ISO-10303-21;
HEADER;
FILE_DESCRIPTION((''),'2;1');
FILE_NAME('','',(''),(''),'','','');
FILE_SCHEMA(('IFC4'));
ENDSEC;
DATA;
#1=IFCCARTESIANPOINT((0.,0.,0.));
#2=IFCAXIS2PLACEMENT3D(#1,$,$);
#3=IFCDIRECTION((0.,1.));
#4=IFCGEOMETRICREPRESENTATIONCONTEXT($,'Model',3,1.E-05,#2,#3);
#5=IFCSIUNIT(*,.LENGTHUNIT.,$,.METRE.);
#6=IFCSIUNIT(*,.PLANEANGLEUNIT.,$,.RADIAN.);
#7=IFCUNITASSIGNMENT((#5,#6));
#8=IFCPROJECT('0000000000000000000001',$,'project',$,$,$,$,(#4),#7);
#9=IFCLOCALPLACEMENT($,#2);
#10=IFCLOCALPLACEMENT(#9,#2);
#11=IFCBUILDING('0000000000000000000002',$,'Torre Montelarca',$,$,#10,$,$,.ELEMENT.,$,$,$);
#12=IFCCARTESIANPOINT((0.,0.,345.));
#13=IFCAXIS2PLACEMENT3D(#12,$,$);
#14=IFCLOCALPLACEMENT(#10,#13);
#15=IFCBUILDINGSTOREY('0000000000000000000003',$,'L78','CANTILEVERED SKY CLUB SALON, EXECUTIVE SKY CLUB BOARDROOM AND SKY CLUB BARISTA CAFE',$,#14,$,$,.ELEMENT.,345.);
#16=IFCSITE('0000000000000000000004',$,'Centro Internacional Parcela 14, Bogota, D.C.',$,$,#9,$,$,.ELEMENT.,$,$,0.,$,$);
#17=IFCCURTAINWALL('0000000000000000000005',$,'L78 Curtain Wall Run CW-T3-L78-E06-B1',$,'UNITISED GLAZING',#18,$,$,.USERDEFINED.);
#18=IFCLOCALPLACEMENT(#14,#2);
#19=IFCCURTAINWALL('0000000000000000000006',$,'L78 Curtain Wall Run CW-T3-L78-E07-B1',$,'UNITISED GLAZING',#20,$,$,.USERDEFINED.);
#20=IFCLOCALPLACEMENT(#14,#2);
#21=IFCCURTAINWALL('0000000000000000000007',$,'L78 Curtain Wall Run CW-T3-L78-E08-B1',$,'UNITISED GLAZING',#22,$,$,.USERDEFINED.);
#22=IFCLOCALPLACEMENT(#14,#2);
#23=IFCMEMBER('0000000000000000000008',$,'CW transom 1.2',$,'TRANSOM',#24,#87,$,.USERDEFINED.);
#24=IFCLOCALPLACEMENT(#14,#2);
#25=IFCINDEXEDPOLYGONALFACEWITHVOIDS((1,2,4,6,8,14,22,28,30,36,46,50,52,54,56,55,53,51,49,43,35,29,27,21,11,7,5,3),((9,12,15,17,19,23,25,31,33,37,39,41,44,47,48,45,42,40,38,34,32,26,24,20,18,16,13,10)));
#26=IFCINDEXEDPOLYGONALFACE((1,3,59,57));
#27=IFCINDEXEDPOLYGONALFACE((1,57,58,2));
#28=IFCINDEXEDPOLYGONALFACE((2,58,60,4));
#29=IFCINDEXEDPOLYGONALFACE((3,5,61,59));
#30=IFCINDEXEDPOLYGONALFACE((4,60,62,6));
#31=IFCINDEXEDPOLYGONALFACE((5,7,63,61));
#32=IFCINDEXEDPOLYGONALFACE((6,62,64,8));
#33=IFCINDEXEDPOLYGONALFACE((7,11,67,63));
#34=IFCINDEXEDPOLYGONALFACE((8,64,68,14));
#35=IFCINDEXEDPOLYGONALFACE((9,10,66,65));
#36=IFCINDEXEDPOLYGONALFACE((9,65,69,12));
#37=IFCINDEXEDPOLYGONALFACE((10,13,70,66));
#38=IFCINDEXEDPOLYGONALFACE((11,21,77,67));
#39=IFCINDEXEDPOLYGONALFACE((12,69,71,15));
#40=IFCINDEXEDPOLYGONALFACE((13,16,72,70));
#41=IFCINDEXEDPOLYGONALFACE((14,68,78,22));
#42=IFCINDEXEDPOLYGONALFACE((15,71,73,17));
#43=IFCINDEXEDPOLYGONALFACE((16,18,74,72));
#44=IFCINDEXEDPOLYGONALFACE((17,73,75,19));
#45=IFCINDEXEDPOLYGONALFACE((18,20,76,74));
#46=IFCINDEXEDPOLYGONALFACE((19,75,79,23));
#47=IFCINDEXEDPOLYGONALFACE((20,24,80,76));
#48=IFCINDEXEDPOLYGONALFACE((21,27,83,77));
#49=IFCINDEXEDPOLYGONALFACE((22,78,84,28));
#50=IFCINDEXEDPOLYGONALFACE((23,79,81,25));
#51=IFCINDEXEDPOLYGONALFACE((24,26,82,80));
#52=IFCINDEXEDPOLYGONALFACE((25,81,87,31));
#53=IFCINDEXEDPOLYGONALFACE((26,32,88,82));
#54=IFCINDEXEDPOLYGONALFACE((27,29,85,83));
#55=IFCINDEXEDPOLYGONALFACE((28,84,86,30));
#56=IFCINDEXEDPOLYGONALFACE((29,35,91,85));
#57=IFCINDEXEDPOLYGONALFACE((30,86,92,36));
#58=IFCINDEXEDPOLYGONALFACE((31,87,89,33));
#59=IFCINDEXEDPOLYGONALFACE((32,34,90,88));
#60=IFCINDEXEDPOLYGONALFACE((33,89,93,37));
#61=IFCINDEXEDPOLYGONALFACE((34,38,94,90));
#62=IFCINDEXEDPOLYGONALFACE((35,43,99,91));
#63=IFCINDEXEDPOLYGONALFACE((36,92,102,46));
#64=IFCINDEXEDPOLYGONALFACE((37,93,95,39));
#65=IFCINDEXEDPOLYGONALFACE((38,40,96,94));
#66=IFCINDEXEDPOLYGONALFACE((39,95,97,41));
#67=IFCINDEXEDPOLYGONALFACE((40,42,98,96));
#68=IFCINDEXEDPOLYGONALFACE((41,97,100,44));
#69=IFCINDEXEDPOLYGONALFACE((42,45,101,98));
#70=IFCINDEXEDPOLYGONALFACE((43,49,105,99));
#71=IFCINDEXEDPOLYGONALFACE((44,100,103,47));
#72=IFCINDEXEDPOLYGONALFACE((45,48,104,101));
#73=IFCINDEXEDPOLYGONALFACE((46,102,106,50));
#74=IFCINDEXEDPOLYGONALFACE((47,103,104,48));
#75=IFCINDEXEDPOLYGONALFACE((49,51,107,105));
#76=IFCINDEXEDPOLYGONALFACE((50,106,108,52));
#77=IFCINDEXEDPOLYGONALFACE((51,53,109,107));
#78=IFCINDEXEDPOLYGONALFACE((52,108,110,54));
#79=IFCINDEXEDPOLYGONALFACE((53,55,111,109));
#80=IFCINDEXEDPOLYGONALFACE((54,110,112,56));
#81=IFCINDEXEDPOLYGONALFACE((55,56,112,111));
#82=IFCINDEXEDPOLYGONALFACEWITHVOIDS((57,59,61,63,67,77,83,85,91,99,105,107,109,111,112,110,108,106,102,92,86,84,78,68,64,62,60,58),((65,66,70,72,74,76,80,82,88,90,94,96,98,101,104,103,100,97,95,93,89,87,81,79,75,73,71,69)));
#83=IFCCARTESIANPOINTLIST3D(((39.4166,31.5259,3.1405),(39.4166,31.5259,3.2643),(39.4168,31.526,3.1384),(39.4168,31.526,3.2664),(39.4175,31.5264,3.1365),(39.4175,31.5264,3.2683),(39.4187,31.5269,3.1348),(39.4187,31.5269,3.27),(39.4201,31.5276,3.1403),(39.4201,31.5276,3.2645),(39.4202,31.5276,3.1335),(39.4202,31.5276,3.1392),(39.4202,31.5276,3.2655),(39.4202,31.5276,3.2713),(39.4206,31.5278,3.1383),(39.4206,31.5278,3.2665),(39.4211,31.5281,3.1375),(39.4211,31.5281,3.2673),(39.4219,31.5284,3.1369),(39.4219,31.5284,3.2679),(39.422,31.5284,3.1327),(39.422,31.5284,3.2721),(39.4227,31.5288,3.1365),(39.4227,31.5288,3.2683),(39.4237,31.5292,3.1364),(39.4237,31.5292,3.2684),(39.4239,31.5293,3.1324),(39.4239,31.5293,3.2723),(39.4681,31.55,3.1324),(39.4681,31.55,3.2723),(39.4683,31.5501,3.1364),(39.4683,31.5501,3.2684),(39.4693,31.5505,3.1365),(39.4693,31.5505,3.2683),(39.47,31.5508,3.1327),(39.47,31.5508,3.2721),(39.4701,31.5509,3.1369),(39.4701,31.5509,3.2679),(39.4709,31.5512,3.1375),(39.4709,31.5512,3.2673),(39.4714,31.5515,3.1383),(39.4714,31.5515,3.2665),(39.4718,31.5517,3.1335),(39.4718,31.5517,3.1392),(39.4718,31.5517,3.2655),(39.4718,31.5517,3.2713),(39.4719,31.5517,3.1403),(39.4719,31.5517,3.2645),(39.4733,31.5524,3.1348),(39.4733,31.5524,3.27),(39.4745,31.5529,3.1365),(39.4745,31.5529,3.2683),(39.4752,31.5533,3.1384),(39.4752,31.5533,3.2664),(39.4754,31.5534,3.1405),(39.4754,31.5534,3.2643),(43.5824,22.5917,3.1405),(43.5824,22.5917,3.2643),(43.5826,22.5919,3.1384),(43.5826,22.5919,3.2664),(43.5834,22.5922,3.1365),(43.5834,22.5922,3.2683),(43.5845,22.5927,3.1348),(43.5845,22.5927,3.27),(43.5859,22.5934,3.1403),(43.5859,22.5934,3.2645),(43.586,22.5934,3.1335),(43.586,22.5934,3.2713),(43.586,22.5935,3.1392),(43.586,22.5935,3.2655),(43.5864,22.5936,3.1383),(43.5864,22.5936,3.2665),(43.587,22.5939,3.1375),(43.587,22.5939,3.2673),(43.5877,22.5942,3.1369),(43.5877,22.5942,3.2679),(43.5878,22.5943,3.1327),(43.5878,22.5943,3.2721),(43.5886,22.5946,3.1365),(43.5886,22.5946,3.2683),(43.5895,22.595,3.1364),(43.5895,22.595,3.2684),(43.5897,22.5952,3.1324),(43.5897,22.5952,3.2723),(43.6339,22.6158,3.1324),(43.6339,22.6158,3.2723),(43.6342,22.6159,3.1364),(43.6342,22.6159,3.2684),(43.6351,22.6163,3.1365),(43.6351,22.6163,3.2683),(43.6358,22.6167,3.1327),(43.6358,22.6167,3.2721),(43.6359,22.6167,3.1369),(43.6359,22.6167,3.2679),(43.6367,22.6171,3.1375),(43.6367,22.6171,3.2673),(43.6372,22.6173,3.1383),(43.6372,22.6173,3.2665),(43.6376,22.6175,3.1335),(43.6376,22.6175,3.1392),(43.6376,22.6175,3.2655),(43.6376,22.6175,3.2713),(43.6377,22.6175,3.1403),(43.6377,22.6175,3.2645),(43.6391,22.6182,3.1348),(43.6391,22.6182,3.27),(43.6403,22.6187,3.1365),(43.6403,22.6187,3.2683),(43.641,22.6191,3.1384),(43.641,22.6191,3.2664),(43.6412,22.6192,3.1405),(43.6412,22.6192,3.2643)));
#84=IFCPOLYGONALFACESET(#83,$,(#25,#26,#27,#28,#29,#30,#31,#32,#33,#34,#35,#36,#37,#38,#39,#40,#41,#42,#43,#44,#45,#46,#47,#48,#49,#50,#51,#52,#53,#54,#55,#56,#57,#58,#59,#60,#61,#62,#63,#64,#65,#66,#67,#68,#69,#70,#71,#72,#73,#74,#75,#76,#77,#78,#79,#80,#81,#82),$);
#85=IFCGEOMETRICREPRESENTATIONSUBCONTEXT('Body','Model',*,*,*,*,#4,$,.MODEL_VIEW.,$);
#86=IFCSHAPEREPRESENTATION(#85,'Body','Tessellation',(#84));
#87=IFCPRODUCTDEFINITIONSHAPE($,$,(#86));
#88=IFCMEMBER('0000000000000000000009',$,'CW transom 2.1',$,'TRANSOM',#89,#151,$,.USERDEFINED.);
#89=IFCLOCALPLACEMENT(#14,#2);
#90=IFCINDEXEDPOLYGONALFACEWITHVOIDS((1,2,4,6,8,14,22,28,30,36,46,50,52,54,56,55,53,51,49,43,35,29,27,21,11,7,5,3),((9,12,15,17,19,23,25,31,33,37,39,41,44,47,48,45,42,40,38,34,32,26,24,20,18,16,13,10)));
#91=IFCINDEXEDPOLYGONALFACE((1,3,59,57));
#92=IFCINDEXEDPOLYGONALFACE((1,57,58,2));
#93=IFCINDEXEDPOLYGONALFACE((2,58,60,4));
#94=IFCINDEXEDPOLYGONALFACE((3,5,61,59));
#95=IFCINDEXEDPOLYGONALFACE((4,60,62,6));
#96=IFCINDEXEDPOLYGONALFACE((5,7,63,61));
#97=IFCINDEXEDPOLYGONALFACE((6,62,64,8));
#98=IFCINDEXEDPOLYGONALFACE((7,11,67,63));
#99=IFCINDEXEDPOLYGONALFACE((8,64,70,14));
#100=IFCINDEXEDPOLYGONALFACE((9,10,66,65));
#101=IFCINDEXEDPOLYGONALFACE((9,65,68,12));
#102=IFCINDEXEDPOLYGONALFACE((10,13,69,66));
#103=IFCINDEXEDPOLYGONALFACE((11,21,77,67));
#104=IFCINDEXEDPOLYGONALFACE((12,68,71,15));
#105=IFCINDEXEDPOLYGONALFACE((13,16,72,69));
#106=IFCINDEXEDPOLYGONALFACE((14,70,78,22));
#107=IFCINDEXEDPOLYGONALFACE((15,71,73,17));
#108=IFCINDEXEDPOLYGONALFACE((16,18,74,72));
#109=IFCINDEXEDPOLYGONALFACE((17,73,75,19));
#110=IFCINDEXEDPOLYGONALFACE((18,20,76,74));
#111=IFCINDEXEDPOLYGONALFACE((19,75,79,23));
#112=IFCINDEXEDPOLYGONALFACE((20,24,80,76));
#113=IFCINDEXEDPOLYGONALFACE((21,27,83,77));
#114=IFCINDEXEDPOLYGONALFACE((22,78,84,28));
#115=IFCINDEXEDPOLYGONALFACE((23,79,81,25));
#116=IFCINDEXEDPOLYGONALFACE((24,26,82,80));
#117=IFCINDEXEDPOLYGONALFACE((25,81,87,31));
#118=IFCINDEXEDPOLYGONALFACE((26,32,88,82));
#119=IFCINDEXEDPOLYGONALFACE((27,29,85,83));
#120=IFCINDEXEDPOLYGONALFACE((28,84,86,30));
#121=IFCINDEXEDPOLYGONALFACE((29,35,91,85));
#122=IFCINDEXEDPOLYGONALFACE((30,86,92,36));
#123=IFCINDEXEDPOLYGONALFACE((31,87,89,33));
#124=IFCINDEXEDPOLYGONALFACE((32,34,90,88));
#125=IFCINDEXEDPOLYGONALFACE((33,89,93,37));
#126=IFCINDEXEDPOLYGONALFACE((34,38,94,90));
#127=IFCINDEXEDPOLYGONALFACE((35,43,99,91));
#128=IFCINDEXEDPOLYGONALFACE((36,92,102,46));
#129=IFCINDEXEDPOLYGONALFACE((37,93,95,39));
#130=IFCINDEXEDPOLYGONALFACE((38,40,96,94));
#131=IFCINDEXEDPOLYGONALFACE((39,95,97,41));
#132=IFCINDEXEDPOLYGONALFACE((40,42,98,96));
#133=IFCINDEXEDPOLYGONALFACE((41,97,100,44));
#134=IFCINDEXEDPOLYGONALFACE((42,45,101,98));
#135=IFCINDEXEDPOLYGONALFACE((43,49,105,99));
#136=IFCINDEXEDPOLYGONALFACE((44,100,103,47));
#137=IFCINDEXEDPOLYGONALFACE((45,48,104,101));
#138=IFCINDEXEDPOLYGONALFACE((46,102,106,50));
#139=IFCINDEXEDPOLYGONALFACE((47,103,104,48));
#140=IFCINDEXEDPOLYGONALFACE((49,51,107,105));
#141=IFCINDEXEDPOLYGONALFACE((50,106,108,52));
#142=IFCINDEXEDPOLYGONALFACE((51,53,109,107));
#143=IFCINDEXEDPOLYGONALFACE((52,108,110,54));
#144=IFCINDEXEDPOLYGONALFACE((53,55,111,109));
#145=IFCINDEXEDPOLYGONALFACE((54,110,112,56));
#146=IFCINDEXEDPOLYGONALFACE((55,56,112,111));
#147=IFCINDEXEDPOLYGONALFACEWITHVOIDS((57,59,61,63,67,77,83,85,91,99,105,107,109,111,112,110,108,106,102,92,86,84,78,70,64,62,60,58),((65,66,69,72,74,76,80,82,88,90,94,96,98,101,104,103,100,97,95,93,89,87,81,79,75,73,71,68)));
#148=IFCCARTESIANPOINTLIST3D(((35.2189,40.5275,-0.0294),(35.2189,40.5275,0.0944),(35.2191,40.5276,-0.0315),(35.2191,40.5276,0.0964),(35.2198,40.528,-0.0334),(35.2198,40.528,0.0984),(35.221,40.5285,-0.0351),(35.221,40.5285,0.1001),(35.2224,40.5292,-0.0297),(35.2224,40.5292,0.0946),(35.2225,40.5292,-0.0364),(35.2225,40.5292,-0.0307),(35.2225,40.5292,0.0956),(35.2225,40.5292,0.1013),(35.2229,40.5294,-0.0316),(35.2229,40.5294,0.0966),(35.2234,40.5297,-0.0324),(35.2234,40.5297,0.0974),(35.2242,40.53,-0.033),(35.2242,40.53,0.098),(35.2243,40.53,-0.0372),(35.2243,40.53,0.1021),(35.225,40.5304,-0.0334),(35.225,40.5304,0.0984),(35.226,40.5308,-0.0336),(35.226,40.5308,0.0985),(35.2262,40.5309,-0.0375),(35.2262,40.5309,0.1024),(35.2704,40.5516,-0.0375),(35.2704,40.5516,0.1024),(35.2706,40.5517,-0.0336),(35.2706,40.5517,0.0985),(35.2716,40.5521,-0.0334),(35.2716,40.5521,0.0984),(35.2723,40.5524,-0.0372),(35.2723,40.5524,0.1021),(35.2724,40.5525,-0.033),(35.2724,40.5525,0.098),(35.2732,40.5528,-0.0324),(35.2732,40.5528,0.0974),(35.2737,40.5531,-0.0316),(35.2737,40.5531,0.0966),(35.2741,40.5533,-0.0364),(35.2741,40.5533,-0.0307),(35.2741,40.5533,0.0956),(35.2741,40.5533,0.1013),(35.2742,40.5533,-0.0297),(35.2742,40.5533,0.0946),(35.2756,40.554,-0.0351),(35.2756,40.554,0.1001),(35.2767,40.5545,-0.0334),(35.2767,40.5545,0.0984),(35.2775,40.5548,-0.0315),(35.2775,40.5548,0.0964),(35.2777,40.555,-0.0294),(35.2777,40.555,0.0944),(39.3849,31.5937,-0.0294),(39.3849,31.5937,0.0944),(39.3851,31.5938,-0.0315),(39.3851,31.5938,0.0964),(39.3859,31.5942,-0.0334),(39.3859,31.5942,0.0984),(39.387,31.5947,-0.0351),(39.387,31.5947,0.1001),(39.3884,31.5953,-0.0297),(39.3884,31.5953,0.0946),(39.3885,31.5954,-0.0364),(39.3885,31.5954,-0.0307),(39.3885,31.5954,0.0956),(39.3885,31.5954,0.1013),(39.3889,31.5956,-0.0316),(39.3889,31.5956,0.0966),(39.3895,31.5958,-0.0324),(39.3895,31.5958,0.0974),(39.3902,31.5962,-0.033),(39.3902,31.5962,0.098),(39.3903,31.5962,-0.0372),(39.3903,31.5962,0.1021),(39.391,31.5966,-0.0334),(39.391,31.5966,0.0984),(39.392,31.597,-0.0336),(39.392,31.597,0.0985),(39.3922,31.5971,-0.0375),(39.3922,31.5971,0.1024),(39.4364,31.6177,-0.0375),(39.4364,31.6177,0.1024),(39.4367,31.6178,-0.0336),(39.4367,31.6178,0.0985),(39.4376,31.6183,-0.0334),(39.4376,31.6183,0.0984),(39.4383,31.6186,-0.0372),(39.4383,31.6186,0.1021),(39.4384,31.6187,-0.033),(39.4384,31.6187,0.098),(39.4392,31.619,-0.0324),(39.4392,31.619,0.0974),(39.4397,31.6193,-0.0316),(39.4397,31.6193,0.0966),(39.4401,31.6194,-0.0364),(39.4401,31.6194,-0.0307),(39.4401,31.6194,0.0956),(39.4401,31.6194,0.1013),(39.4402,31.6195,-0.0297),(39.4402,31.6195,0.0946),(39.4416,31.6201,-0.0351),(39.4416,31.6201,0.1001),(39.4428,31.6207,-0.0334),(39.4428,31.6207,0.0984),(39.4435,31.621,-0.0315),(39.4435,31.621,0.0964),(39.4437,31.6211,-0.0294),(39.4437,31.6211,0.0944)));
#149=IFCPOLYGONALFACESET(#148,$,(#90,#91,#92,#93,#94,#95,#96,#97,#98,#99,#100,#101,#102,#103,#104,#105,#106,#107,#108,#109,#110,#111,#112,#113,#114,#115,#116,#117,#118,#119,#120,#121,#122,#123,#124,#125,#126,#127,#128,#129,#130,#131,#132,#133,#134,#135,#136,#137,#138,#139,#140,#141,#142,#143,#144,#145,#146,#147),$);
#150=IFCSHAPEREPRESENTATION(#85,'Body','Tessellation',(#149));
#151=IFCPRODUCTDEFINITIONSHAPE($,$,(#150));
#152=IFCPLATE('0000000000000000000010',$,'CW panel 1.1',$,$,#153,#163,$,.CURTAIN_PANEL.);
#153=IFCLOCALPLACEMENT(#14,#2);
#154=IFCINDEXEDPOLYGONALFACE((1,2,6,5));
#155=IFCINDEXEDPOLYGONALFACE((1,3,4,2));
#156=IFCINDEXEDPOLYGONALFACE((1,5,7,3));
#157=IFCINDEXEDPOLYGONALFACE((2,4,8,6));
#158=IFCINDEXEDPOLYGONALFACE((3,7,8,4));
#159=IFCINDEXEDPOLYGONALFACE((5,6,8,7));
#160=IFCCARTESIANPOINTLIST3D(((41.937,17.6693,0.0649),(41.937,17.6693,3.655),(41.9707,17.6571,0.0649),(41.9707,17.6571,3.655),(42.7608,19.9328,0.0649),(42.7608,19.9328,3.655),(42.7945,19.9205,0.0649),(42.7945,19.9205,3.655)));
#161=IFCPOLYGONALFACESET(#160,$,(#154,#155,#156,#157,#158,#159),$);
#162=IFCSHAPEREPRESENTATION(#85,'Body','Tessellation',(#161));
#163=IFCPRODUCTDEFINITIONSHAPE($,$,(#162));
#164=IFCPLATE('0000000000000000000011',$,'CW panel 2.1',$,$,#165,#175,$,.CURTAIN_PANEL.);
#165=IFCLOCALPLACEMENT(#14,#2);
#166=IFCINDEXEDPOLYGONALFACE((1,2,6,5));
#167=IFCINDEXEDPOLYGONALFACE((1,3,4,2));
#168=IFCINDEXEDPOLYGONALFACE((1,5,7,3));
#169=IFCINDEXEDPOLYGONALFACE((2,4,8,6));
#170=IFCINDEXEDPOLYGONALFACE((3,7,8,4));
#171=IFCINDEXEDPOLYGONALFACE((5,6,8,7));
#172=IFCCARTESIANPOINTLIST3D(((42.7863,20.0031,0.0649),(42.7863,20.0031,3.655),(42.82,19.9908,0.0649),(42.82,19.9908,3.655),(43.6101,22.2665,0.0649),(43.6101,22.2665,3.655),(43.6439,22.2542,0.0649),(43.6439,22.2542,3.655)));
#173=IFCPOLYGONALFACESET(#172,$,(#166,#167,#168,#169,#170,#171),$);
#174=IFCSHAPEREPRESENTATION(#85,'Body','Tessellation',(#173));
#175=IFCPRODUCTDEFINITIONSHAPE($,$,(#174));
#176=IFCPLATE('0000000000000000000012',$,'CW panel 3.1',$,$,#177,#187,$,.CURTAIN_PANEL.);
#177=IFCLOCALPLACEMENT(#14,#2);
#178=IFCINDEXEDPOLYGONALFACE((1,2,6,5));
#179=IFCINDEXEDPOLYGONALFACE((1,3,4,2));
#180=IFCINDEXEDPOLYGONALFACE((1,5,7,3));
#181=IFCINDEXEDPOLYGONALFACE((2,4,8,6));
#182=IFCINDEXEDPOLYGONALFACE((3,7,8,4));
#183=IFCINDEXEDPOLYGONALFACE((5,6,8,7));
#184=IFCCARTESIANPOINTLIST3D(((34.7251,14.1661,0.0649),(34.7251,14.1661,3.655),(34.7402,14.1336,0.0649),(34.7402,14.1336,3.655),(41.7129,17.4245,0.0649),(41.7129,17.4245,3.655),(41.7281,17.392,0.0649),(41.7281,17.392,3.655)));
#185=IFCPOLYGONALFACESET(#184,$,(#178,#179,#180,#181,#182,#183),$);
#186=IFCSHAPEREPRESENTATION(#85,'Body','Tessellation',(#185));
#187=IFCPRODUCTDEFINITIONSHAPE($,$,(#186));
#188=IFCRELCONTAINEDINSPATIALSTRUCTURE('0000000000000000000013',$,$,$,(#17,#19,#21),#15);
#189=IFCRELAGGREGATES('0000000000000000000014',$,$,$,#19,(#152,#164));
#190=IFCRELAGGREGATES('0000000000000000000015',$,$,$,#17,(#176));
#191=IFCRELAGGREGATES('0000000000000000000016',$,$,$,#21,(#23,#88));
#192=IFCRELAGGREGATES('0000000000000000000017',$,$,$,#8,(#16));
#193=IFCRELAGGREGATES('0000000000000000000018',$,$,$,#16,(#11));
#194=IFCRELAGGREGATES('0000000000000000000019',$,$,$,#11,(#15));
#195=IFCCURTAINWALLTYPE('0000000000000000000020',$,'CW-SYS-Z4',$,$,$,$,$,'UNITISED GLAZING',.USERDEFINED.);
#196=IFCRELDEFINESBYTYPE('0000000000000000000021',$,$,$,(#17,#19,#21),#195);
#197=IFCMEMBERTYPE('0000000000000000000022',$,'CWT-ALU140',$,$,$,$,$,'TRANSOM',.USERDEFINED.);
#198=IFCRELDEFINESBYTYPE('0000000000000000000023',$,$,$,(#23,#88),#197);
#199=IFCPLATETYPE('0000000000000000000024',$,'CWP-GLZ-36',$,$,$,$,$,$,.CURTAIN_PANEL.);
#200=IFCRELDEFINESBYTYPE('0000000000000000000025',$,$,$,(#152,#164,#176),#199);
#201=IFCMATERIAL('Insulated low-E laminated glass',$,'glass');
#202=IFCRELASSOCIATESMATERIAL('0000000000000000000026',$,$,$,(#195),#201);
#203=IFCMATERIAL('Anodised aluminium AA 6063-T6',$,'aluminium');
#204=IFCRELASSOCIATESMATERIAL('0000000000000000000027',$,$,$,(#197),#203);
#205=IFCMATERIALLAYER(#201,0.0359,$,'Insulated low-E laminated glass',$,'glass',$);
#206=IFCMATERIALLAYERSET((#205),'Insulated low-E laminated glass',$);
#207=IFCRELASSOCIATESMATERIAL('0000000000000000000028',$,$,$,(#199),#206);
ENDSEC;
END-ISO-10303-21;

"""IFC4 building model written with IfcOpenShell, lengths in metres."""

from ifc_helpers import new_model, si_unit, direction, frame, origin, origin_2d, place, context, subcontext, project, spatial, rectangle, hollow_rectangle, extrude, source, transform, mapped, material, layer, layer_set, material_profile, profile_set, type_object, element, aggregate, save


model = new_model("IFC4")

# Units and contexts
model_context = context("Model", 3, precision=1e-05, world=origin(), true_north=direction((0.0, 1.0)))
body_context = subcontext(model_context, "Body", "Model", "MODEL_VIEW")
ifc_project = project(units=[si_unit("LENGTHUNIT", "METRE"), si_unit("PLANEANGLEUNIT", "RADIAN")], contexts=[model_context])

# Site, building, storey
site_placement = place(None, origin())
site = spatial("IfcSite", under=ifc_project, at=site_placement, Name="Centro Internacional Parcela 14, Bogota, D.C.", CompositionType="ELEMENT", RefElevation=0.0)
building_placement = place(site_placement, origin())
building = spatial("IfcBuilding", under=site, at=building_placement, Name="Torre Montelarca", CompositionType="ELEMENT")
storey_placement = place(building_placement, frame((0.0, 0.0, 345.0)))
storey = spatial("IfcBuildingStorey", under=building, at=storey_placement, Name="L78", Description="CANTILEVERED SKY CLUB SALON, EXECUTIVE SKY CLUB BOARDROOM AND SKY CLUB BARISTA CAFE", CompositionType="ELEMENT", Elevation=345.0)

# Curtain walls
ifc_material_1 = material(Name="Insulated low-E laminated glass", Category="glass")
curtain_wall_type = type_object("IfcCurtainWallType", Name="CW-SYS-Z4", ElementType="UNITISED GLAZING", PredefinedType="USERDEFINED", material=ifc_material_1)
curtain_wall_1_placement = place(storey_placement, origin())
curtain_wall_1 = element("IfcCurtainWall", 1, at=curtain_wall_1_placement, inside=storey, type_object=curtain_wall_type, Name="L78 Curtain Wall Run CW-T3-L78-E06-B1", ObjectType="UNITISED GLAZING", PredefinedType="USERDEFINED")
ifc_material_2 = material(Name="Anodised aluminium AA 6063-T6", Category="aluminium")
curtain_wall_2_placement = place(storey_placement, origin())
curtain_wall_2 = element("IfcCurtainWall", 2, at=curtain_wall_2_placement, inside=storey, type_object=curtain_wall_type, Name="L78 Curtain Wall Run CW-T3-L78-E07-B1", ObjectType="UNITISED GLAZING", PredefinedType="USERDEFINED")
ifc_material_profile_1 = material_profile(ifc_material_2, hollow_rectangle(XDim=0.0649, YDim=0.1399, WallThickness=0.0039, InnerFilletRadius=0.0039, OuterFilletRadius=0.0081, at=origin_2d()), Name="ALU65X140X4", Category="aluminium")
ifc_profile_set_1 = profile_set([ifc_material_profile_1], Name="Anodised aluminium AA 6063-T6")
member_type_1 = type_object("IfcMemberType", Name="CWT-ALU140", ElementType="TRANSOM", PredefinedType="USERDEFINED", material=ifc_profile_set_1)

# Curtain wall, members
curtain_wall_3_placement = place(storey_placement, origin())
curtain_wall_3 = element("IfcCurtainWall", 3, at=curtain_wall_3_placement, inside=storey, type_object=curtain_wall_type, Name="L78 Curtain Wall Run CW-T3-L78-E08-B1", ObjectType="UNITISED GLAZING", PredefinedType="USERDEFINED")
shared_shape_1 = source(origin(), body_context, "Body", "SweptSolid", [
    extrude(hollow_rectangle(XDim=0.0649, YDim=0.1399, WallThickness=0.0039, InnerFilletRadius=0.0039, OuterFilletRadius=0.0081, at=origin_2d()), origin(), (0.0, 0.0, 1.0), 9.8577),
])
member_1_placement = place(storey_placement, frame((43.6118, 22.6055, 3.2024), z_axis=(-0.422597, 0.906318, 0.0), x_axis=(-0.906318, -0.422597, 0.0)))
member_1 = element("IfcMember", 4, at=member_1_placement, type_object=member_type_1, Name="CW transom 1.2", ObjectType="TRANSOM", PredefinedType="USERDEFINED", context=body_context, shape_type="MappedRepresentation", body=[
    mapped(shared_shape_1, transform((0.0, 0.0, 0.0), scale=1.0)),
])
shared_shape_2 = source(origin(), body_context, "Body", "SweptSolid", [
    extrude(hollow_rectangle(XDim=0.0649, YDim=0.1399, WallThickness=0.0039, InnerFilletRadius=0.0039, OuterFilletRadius=0.0081, at=origin_2d()), origin(), (0.0, 0.0, 1.0), 9.8574),
])
member_2_placement = place(storey_placement, frame((39.4143, 31.6074, 0.0325), z_axis=(-0.422626, 0.906304, 0.0), x_axis=(-0.906304, -0.422626, 0.0)))
member_2 = element("IfcMember", 5, at=member_2_placement, type_object=member_type_1, Name="CW transom 2.1", ObjectType="TRANSOM", PredefinedType="USERDEFINED", context=body_context, shape_type="MappedRepresentation", body=[
    mapped(shared_shape_2, transform((0.0, 0.0, 0.0), scale=1.0)),
])

# Plates
ifc_layer_1 = layer(ifc_material_1, 0.0359, Name="Insulated low-E laminated glass", Category="glass")
ifc_layer_set_1 = layer_set([ifc_layer_1], Name="Insulated low-E laminated glass")
plate_type = type_object("IfcPlateType", Name="CWP-GLZ-36", PredefinedType="CURTAIN_PANEL", material=ifc_layer_set_1)
shared_shape_3 = source(origin(), body_context, "Body", "SweptSolid", [
    extrude(rectangle(XDim=2.4087, YDim=0.0359, at=origin_2d()), origin(), (0.0, 0.0, 1.0), 3.5901),
])
plate_1_placement = place(storey_placement, frame((42.3657, 18.7949, 0.0649), z_axis=(0.0, 0.0, 1.0), x_axis=(0.342015, 0.939694, 0.0)))
plate_1 = element("IfcPlate", 6, at=plate_1_placement, type_object=plate_type, Name="CW panel 1.1", PredefinedType="CURTAIN_PANEL", context=body_context, shape_type="MappedRepresentation", body=[
    mapped(shared_shape_3, transform((0.0, 0.0, 0.0), scale=1.0)),
])
plate_2_placement = place(storey_placement, frame((43.2151, 21.1287, 0.0649), z_axis=(0.0, 0.0, 1.0), x_axis=(0.342015, 0.939694, 0.0)))
plate_2 = element("IfcPlate", 7, at=plate_2_placement, type_object=plate_type, Name="CW panel 2.1", PredefinedType="CURTAIN_PANEL", context=body_context, shape_type="MappedRepresentation", body=[
    mapped(shared_shape_3, transform((0.0, 0.0, 0.0), scale=1.0)),
])
aggregate(curtain_wall_2, [plate_1, plate_2])
shared_shape_4 = source(origin(), body_context, "Body", "SweptSolid", [
    extrude(rectangle(XDim=7.7102, YDim=0.0359, at=origin_2d()), origin(), (0.0, 0.0, 1.0), 3.5901),
])
plate_3_placement = place(storey_placement, frame((38.2266, 15.7791, 0.0649), z_axis=(0.0, 0.0, 1.0), x_axis=(0.906311, 0.422612, 0.0)))
plate_3 = element("IfcPlate", 8, at=plate_3_placement, type_object=plate_type, Name="CW panel 3.1", PredefinedType="CURTAIN_PANEL", context=body_context, shape_type="MappedRepresentation", body=[
    mapped(shared_shape_4, transform((0.0, 0.0, 0.0), scale=1.0)),
])
aggregate(curtain_wall_1, [plate_3])
aggregate(curtain_wall_3, [member_1, member_2])

save(model, "model.ifc")
